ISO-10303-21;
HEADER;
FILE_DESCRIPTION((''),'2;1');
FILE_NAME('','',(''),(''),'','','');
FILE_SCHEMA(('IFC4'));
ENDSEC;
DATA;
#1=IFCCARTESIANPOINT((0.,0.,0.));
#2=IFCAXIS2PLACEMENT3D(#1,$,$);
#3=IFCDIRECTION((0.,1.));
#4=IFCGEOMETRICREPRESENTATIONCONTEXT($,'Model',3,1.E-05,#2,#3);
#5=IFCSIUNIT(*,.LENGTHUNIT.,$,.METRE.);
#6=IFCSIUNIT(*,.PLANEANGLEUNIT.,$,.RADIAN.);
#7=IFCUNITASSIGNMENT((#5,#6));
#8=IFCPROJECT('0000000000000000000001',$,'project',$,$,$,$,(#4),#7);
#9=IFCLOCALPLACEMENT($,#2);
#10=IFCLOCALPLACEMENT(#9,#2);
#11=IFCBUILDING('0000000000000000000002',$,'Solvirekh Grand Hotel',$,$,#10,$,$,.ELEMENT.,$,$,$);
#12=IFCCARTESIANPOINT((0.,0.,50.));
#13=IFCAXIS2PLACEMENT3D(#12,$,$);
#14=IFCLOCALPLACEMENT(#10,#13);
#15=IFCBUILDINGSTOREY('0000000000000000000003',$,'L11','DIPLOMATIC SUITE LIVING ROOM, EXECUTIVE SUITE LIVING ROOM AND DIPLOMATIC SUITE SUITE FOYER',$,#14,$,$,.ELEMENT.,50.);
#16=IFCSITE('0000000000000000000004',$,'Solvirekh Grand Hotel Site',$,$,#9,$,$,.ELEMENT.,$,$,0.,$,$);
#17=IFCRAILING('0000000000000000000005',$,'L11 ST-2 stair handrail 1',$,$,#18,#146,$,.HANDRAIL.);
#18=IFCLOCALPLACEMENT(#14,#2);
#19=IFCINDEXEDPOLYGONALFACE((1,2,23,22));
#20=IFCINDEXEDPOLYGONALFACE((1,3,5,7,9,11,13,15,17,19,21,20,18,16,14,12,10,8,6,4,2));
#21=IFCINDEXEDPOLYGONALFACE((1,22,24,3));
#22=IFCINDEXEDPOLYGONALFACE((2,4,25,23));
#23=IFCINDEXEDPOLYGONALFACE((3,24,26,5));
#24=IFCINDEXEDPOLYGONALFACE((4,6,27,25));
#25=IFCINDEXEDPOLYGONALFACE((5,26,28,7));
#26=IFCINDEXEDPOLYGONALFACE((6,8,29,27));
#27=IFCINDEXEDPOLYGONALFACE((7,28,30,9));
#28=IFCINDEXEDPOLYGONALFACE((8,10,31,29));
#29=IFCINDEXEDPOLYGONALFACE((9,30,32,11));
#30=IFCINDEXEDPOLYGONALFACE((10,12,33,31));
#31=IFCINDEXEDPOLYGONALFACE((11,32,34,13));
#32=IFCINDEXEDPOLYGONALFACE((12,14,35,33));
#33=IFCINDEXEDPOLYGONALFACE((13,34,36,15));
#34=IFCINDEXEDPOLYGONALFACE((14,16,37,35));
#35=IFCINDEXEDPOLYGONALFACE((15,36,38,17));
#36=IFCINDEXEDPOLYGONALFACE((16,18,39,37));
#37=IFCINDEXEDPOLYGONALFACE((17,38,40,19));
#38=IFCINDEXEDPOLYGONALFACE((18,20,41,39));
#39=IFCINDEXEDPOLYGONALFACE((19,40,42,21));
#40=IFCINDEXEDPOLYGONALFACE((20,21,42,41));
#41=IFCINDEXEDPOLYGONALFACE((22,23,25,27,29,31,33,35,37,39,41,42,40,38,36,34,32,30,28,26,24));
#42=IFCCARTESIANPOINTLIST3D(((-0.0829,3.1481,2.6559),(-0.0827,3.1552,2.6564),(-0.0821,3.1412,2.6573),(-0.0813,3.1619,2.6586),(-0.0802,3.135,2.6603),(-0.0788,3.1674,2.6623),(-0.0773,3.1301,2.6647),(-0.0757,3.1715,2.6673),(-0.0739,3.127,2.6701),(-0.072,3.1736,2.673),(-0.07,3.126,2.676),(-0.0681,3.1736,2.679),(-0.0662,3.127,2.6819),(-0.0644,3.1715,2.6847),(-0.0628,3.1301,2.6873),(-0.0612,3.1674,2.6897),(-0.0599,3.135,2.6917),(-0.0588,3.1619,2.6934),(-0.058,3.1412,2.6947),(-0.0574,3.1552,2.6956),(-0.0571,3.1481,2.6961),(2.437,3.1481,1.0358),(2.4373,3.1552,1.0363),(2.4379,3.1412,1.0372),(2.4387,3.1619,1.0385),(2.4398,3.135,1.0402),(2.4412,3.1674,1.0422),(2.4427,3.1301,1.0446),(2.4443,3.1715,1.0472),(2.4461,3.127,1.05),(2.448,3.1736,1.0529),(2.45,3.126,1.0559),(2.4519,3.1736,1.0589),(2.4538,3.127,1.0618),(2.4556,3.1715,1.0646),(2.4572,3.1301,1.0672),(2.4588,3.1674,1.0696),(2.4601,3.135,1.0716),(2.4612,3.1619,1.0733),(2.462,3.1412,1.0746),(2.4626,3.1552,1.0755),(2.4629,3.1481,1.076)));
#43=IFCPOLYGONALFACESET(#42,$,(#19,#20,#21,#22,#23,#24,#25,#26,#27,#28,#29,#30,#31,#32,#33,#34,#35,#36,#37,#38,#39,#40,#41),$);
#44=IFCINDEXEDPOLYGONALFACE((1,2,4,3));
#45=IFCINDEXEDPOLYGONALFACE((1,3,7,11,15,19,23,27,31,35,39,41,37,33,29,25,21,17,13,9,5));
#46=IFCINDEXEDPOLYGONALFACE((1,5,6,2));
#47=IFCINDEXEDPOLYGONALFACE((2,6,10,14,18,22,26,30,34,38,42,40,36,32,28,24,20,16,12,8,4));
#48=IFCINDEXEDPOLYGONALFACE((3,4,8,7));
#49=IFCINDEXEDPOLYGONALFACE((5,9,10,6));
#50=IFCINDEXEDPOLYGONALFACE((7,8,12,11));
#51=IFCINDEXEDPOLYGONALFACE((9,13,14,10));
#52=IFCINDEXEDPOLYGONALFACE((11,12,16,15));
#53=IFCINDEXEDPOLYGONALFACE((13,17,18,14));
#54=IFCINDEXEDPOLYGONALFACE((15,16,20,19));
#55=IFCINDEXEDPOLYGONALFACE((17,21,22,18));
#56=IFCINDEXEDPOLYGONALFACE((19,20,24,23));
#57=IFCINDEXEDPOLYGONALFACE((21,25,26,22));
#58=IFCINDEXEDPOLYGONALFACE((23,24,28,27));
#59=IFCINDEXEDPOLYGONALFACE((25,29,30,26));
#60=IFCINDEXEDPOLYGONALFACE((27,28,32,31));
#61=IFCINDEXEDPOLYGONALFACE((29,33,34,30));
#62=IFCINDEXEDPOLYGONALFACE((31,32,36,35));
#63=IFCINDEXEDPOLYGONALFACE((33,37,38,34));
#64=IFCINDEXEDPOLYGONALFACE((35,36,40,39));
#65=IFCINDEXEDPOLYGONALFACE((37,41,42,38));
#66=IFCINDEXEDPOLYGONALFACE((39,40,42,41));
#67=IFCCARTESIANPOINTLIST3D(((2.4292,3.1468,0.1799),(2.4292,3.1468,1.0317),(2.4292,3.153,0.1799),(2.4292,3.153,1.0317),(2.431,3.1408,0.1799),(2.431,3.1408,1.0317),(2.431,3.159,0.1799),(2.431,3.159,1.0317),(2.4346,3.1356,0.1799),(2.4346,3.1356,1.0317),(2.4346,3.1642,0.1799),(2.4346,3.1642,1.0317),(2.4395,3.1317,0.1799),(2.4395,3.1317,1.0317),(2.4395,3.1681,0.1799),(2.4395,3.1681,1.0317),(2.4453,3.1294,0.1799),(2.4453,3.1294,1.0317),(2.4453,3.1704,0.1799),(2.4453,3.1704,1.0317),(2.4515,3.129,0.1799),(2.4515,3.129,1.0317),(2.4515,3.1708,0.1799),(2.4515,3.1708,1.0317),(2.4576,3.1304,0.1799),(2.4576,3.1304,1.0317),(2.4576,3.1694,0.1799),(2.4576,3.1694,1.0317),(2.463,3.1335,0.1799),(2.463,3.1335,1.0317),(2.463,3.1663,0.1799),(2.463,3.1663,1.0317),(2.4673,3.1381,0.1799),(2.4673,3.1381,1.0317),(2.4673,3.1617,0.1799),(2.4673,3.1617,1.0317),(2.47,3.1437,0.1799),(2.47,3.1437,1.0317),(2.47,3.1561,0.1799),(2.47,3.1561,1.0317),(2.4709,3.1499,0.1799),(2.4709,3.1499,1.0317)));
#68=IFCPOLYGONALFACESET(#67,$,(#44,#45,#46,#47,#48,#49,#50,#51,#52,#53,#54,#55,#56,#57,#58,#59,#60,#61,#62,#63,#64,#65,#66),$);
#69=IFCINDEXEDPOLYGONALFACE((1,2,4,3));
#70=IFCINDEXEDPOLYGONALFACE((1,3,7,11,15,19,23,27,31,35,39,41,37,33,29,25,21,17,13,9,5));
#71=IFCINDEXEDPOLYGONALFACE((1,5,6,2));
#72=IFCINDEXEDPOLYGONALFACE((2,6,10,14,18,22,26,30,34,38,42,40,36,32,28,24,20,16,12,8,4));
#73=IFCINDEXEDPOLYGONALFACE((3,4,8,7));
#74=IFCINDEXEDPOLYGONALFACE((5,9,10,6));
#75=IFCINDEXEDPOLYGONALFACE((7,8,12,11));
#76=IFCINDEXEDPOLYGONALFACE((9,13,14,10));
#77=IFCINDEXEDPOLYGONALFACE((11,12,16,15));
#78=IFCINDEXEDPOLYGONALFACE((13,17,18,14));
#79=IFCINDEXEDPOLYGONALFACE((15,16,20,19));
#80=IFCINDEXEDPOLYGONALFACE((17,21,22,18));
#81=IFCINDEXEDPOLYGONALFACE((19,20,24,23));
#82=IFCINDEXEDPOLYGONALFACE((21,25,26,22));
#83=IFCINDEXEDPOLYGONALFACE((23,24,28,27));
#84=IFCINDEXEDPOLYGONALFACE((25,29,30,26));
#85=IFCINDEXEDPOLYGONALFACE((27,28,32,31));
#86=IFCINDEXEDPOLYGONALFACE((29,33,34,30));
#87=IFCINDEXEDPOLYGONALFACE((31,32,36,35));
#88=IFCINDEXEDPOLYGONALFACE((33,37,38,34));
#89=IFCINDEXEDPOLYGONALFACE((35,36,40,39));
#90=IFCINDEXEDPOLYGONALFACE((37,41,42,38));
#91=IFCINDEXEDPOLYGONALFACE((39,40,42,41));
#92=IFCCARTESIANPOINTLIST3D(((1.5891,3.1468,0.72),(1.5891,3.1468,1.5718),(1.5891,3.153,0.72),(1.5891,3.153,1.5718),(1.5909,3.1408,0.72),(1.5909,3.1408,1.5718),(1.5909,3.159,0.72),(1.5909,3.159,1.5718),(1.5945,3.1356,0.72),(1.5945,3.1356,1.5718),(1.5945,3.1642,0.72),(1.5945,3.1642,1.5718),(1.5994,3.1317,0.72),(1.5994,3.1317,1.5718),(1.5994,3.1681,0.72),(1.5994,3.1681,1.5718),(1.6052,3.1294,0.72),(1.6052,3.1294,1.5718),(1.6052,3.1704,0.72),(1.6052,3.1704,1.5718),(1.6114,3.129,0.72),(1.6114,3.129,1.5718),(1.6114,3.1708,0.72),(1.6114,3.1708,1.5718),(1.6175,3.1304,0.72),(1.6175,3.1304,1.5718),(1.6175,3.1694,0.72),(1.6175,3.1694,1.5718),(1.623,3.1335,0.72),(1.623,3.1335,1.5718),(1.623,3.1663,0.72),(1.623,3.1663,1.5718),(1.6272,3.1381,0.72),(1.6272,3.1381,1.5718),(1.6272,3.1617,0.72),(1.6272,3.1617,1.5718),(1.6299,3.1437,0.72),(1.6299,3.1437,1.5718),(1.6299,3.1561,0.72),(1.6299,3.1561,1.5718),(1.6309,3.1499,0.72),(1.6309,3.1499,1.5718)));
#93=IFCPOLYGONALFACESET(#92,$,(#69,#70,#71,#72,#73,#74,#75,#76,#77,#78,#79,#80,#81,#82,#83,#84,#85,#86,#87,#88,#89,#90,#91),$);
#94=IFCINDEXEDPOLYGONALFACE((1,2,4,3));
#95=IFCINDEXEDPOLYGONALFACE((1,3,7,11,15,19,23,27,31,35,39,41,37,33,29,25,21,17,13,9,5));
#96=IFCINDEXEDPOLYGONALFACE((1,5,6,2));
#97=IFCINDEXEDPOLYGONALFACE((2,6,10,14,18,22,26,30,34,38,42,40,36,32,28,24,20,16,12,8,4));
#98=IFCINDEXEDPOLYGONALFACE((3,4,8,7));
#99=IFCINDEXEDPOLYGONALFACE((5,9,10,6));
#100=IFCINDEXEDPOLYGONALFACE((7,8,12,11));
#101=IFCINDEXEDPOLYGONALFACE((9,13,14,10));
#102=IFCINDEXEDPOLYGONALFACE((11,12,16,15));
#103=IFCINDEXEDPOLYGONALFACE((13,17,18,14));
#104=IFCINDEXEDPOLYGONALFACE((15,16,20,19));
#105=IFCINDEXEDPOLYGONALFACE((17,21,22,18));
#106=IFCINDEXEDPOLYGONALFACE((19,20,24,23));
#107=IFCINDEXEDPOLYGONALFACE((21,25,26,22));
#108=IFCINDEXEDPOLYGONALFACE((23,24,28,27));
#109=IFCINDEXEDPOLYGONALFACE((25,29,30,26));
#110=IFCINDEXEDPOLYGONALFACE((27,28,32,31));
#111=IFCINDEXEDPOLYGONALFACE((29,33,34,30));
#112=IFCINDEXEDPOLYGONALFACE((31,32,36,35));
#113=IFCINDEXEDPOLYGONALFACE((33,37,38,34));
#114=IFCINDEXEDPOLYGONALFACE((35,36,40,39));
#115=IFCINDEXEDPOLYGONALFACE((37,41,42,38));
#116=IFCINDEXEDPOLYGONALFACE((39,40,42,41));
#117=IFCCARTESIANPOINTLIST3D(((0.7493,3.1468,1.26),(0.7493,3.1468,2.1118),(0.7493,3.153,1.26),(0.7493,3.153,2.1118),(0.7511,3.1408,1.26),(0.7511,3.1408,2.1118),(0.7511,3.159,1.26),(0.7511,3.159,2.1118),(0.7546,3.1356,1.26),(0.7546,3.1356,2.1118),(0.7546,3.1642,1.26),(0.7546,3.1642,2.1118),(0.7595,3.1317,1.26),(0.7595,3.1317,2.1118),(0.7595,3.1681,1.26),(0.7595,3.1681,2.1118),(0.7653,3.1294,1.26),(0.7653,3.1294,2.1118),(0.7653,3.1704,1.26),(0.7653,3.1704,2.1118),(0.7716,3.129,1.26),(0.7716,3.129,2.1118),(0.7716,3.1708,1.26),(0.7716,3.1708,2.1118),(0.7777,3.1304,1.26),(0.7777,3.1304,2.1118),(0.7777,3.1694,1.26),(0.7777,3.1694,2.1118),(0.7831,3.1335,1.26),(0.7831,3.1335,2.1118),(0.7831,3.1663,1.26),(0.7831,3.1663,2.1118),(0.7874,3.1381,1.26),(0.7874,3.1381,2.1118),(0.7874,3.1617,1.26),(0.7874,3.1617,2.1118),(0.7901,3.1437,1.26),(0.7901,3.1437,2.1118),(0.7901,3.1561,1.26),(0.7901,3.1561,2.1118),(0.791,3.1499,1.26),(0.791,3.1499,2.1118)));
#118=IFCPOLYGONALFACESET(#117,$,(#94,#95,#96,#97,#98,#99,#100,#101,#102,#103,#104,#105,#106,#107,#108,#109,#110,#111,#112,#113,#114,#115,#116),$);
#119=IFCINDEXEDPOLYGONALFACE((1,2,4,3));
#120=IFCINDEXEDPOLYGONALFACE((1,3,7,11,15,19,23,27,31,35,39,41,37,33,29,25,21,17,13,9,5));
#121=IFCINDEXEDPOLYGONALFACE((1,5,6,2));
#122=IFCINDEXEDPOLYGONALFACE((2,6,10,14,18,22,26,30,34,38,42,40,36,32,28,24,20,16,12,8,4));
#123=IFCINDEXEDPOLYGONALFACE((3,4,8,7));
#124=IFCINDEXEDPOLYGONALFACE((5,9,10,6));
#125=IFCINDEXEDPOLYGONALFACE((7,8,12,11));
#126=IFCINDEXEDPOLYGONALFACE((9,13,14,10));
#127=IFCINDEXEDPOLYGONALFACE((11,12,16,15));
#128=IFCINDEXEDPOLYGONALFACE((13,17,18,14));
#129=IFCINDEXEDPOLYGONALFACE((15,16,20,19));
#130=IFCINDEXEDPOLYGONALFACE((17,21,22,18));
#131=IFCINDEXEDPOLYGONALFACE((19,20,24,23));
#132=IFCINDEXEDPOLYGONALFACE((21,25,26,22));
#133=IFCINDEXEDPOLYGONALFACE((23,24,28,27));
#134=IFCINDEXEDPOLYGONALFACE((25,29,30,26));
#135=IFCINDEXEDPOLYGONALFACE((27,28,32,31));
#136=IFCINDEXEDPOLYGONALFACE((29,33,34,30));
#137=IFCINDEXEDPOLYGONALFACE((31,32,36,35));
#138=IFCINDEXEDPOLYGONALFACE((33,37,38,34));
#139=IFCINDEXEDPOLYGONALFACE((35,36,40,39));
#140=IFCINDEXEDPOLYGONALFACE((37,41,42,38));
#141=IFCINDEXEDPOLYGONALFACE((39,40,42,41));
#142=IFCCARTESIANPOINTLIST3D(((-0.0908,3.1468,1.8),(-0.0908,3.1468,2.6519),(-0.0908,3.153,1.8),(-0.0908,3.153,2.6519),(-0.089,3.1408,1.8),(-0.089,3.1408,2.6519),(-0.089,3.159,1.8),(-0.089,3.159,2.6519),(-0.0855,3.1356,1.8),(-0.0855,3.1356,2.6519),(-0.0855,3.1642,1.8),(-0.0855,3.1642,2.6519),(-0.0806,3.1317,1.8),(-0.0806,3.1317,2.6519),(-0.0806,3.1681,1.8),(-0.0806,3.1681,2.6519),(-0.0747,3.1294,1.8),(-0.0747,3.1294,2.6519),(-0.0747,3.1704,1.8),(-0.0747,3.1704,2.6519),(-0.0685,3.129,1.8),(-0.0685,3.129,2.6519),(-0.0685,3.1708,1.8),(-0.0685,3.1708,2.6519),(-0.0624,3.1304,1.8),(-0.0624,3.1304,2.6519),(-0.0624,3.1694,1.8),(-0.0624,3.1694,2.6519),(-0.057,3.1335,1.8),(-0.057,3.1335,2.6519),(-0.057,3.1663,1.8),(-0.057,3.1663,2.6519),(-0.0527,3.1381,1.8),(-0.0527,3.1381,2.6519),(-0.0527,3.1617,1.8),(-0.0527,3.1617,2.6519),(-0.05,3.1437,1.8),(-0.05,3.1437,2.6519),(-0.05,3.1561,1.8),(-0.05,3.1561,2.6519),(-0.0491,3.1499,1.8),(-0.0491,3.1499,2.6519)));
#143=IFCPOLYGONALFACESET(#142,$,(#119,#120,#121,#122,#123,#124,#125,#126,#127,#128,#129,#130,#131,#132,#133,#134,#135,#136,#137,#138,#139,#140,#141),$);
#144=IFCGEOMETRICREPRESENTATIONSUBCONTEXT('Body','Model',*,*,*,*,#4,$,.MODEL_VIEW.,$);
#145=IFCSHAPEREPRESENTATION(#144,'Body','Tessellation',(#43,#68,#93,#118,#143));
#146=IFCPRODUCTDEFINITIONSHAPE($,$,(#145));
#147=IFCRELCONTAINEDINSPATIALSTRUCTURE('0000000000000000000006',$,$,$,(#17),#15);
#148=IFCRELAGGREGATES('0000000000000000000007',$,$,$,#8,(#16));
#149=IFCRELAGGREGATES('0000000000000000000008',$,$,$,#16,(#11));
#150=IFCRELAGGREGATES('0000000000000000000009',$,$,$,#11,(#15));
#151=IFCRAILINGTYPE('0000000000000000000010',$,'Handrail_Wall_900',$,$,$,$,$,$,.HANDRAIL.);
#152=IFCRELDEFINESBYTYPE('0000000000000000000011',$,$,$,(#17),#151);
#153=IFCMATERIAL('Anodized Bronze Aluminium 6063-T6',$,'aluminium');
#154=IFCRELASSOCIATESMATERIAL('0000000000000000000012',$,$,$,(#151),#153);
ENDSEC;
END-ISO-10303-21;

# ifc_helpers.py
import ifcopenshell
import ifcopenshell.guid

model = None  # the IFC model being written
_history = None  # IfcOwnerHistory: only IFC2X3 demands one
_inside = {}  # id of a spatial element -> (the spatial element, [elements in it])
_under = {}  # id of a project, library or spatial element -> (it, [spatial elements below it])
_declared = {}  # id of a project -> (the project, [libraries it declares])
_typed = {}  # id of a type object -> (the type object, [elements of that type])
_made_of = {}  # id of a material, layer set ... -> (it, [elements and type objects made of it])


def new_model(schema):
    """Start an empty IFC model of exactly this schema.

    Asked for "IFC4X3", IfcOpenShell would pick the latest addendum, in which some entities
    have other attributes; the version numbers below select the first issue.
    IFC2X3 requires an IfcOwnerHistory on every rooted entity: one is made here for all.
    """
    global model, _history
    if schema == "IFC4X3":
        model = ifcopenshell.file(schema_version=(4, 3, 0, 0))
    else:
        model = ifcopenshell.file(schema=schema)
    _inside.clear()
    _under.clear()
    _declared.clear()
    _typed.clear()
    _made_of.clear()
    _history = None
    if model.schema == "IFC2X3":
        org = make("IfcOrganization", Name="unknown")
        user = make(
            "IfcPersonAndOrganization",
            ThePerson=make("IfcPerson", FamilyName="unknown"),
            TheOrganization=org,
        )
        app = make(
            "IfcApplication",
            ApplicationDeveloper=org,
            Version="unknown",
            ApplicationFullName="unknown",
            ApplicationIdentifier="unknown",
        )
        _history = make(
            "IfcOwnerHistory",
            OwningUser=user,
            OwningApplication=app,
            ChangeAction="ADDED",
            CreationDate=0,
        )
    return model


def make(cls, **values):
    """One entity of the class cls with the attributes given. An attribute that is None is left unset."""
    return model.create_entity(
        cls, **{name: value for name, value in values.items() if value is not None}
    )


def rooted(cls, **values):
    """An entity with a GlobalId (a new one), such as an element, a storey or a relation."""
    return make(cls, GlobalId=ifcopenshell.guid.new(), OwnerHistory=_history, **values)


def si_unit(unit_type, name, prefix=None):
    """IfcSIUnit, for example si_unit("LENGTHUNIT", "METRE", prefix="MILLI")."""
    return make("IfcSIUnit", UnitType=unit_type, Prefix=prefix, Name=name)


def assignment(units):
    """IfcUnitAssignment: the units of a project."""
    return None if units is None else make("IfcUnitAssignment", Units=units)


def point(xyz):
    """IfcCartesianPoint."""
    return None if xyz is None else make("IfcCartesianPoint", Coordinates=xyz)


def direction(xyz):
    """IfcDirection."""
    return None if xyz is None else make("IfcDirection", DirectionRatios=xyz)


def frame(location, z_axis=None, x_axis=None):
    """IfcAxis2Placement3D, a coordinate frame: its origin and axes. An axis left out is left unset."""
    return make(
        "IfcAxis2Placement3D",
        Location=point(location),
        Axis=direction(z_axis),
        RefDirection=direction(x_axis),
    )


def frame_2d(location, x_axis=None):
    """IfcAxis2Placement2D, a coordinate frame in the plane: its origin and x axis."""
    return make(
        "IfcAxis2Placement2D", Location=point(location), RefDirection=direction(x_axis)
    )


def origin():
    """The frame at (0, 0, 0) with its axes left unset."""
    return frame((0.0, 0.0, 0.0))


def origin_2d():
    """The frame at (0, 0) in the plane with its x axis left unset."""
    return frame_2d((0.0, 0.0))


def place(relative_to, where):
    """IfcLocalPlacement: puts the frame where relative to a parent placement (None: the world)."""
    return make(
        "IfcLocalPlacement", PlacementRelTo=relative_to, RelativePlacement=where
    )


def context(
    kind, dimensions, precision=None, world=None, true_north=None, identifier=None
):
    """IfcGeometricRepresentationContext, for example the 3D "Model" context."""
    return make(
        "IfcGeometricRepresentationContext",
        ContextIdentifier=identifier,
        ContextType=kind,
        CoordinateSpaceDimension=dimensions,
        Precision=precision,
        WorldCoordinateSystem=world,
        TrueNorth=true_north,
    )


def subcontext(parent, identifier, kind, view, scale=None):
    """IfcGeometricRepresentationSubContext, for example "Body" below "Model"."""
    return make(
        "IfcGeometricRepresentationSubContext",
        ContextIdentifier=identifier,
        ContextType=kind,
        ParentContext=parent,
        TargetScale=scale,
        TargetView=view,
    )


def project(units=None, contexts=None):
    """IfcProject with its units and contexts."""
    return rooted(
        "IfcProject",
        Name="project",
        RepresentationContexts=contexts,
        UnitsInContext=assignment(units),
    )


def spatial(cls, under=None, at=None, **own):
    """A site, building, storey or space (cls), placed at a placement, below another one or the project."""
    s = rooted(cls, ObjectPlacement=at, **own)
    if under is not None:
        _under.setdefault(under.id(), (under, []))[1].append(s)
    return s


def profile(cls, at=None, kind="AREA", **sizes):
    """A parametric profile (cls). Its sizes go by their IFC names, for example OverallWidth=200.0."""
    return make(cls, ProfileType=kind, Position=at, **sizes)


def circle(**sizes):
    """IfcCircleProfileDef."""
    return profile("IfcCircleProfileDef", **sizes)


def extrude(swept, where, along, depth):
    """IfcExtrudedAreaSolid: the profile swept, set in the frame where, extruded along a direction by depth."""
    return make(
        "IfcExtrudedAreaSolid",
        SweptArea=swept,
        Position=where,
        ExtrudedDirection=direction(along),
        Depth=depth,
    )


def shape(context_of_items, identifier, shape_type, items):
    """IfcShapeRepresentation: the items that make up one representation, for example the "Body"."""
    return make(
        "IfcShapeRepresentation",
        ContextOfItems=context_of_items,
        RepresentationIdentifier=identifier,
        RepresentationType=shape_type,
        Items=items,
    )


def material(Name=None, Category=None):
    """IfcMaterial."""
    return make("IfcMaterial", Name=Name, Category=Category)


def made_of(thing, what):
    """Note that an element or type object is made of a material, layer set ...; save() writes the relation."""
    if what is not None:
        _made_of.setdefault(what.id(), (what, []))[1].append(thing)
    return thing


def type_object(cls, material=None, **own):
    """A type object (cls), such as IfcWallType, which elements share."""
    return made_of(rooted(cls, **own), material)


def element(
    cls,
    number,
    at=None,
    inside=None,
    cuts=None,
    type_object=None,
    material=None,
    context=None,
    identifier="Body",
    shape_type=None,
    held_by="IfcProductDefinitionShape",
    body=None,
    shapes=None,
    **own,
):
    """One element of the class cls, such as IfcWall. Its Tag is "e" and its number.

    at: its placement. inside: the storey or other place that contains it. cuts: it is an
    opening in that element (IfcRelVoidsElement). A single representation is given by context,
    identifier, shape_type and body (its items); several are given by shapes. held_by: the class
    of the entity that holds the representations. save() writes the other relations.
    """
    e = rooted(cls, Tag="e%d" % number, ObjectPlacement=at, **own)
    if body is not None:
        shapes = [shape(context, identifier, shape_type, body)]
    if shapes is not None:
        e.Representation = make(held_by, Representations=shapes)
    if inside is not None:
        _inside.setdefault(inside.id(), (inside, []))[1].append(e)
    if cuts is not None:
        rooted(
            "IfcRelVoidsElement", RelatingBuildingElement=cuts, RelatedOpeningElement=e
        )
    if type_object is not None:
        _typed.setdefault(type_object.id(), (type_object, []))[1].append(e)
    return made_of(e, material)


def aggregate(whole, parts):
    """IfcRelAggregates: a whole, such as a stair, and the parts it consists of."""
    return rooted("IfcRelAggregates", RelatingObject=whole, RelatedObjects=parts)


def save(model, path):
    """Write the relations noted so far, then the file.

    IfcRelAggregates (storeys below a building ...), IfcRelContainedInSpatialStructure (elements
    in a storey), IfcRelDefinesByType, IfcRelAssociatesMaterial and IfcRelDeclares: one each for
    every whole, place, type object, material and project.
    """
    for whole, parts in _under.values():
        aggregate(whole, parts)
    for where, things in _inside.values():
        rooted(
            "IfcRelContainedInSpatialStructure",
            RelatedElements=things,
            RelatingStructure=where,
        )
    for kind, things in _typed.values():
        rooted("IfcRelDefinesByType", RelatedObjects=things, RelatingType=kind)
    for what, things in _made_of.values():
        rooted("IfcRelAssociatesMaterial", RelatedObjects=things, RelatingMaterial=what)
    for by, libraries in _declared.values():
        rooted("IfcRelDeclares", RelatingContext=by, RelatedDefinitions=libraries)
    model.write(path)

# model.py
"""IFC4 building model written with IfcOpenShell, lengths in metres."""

from ifc_helpers import new_model, si_unit, direction, frame, origin, origin_2d, place, context, subcontext, project, spatial, circle, extrude, material, type_object, element, save


model = new_model("IFC4")

# Units and contexts
model_context = context("Model", 3, precision=1e-05, world=origin(), true_north=direction((0.0, 1.0)))
body_context = subcontext(model_context, "Body", "Model", "MODEL_VIEW")
ifc_project = project(units=[si_unit("LENGTHUNIT", "METRE"), si_unit("PLANEANGLEUNIT", "RADIAN")], contexts=[model_context])

# Site, building, storey
site_placement = place(None, origin())
site = spatial("IfcSite", under=ifc_project, at=site_placement, Name="Solvirekh Grand Hotel Site", CompositionType="ELEMENT", RefElevation=0.0)
building_placement = place(site_placement, origin())
building = spatial("IfcBuilding", under=site, at=building_placement, Name="Solvirekh Grand Hotel", CompositionType="ELEMENT")
storey_placement = place(building_placement, frame((0.0, 0.0, 50.0)))
storey = spatial("IfcBuildingStorey", under=building, at=storey_placement, Name="L11", Description="DIPLOMATIC SUITE LIVING ROOM, EXECUTIVE SUITE LIVING ROOM AND DIPLOMATIC SUITE SUITE FOYER", CompositionType="ELEMENT", Elevation=50.0)

# Shared definitions
ifc_material_1 = material(Name="Anodized Bronze Aluminium 6063-T6", Category="aluminium")

# Railing
railing_type_1 = type_object("IfcRailingType", Name="Handrail_Wall_900", PredefinedType="HANDRAIL", material=ifc_material_1)
railing_1_placement = place(storey_placement, frame((2.45, 3.1499, 0.1799)))
element("IfcRailing", 1, at=railing_1_placement, inside=storey, type_object=railing_type_1, Name="L11 ST-2 stair handrail 1", PredefinedType="HANDRAIL", context=body_context, shape_type="SweptSolid", body=[
    extrude(circle(Radius=0.0239, at=origin_2d()), frame((0.0, 0.0, 0.876), z_axis=(-0.841163, 0.0, 0.540782), x_axis=(0.0, -1.0, 0.0)), (0.0, 0.0, 1.0), 2.9958),
    extrude(circle(Radius=0.021, at=origin_2d()), origin(), (0.0, 0.0, 1.0), 0.8518),
    extrude(circle(Radius=0.021, at=origin_2d()), frame((-0.8401, 0.0, 0.54)), (0.0, 0.0, 1.0), 0.8518),
    extrude(circle(Radius=0.021, at=origin_2d()), frame((-1.6799, 0.0, 1.0801)), (0.0, 0.0, 1.0), 0.8518),
    extrude(circle(Radius=0.021, at=origin_2d()), frame((-2.52, 0.0, 1.6201)), (0.0, 0.0, 1.0), 0.8518),
])

save(model, "model.ifc")
